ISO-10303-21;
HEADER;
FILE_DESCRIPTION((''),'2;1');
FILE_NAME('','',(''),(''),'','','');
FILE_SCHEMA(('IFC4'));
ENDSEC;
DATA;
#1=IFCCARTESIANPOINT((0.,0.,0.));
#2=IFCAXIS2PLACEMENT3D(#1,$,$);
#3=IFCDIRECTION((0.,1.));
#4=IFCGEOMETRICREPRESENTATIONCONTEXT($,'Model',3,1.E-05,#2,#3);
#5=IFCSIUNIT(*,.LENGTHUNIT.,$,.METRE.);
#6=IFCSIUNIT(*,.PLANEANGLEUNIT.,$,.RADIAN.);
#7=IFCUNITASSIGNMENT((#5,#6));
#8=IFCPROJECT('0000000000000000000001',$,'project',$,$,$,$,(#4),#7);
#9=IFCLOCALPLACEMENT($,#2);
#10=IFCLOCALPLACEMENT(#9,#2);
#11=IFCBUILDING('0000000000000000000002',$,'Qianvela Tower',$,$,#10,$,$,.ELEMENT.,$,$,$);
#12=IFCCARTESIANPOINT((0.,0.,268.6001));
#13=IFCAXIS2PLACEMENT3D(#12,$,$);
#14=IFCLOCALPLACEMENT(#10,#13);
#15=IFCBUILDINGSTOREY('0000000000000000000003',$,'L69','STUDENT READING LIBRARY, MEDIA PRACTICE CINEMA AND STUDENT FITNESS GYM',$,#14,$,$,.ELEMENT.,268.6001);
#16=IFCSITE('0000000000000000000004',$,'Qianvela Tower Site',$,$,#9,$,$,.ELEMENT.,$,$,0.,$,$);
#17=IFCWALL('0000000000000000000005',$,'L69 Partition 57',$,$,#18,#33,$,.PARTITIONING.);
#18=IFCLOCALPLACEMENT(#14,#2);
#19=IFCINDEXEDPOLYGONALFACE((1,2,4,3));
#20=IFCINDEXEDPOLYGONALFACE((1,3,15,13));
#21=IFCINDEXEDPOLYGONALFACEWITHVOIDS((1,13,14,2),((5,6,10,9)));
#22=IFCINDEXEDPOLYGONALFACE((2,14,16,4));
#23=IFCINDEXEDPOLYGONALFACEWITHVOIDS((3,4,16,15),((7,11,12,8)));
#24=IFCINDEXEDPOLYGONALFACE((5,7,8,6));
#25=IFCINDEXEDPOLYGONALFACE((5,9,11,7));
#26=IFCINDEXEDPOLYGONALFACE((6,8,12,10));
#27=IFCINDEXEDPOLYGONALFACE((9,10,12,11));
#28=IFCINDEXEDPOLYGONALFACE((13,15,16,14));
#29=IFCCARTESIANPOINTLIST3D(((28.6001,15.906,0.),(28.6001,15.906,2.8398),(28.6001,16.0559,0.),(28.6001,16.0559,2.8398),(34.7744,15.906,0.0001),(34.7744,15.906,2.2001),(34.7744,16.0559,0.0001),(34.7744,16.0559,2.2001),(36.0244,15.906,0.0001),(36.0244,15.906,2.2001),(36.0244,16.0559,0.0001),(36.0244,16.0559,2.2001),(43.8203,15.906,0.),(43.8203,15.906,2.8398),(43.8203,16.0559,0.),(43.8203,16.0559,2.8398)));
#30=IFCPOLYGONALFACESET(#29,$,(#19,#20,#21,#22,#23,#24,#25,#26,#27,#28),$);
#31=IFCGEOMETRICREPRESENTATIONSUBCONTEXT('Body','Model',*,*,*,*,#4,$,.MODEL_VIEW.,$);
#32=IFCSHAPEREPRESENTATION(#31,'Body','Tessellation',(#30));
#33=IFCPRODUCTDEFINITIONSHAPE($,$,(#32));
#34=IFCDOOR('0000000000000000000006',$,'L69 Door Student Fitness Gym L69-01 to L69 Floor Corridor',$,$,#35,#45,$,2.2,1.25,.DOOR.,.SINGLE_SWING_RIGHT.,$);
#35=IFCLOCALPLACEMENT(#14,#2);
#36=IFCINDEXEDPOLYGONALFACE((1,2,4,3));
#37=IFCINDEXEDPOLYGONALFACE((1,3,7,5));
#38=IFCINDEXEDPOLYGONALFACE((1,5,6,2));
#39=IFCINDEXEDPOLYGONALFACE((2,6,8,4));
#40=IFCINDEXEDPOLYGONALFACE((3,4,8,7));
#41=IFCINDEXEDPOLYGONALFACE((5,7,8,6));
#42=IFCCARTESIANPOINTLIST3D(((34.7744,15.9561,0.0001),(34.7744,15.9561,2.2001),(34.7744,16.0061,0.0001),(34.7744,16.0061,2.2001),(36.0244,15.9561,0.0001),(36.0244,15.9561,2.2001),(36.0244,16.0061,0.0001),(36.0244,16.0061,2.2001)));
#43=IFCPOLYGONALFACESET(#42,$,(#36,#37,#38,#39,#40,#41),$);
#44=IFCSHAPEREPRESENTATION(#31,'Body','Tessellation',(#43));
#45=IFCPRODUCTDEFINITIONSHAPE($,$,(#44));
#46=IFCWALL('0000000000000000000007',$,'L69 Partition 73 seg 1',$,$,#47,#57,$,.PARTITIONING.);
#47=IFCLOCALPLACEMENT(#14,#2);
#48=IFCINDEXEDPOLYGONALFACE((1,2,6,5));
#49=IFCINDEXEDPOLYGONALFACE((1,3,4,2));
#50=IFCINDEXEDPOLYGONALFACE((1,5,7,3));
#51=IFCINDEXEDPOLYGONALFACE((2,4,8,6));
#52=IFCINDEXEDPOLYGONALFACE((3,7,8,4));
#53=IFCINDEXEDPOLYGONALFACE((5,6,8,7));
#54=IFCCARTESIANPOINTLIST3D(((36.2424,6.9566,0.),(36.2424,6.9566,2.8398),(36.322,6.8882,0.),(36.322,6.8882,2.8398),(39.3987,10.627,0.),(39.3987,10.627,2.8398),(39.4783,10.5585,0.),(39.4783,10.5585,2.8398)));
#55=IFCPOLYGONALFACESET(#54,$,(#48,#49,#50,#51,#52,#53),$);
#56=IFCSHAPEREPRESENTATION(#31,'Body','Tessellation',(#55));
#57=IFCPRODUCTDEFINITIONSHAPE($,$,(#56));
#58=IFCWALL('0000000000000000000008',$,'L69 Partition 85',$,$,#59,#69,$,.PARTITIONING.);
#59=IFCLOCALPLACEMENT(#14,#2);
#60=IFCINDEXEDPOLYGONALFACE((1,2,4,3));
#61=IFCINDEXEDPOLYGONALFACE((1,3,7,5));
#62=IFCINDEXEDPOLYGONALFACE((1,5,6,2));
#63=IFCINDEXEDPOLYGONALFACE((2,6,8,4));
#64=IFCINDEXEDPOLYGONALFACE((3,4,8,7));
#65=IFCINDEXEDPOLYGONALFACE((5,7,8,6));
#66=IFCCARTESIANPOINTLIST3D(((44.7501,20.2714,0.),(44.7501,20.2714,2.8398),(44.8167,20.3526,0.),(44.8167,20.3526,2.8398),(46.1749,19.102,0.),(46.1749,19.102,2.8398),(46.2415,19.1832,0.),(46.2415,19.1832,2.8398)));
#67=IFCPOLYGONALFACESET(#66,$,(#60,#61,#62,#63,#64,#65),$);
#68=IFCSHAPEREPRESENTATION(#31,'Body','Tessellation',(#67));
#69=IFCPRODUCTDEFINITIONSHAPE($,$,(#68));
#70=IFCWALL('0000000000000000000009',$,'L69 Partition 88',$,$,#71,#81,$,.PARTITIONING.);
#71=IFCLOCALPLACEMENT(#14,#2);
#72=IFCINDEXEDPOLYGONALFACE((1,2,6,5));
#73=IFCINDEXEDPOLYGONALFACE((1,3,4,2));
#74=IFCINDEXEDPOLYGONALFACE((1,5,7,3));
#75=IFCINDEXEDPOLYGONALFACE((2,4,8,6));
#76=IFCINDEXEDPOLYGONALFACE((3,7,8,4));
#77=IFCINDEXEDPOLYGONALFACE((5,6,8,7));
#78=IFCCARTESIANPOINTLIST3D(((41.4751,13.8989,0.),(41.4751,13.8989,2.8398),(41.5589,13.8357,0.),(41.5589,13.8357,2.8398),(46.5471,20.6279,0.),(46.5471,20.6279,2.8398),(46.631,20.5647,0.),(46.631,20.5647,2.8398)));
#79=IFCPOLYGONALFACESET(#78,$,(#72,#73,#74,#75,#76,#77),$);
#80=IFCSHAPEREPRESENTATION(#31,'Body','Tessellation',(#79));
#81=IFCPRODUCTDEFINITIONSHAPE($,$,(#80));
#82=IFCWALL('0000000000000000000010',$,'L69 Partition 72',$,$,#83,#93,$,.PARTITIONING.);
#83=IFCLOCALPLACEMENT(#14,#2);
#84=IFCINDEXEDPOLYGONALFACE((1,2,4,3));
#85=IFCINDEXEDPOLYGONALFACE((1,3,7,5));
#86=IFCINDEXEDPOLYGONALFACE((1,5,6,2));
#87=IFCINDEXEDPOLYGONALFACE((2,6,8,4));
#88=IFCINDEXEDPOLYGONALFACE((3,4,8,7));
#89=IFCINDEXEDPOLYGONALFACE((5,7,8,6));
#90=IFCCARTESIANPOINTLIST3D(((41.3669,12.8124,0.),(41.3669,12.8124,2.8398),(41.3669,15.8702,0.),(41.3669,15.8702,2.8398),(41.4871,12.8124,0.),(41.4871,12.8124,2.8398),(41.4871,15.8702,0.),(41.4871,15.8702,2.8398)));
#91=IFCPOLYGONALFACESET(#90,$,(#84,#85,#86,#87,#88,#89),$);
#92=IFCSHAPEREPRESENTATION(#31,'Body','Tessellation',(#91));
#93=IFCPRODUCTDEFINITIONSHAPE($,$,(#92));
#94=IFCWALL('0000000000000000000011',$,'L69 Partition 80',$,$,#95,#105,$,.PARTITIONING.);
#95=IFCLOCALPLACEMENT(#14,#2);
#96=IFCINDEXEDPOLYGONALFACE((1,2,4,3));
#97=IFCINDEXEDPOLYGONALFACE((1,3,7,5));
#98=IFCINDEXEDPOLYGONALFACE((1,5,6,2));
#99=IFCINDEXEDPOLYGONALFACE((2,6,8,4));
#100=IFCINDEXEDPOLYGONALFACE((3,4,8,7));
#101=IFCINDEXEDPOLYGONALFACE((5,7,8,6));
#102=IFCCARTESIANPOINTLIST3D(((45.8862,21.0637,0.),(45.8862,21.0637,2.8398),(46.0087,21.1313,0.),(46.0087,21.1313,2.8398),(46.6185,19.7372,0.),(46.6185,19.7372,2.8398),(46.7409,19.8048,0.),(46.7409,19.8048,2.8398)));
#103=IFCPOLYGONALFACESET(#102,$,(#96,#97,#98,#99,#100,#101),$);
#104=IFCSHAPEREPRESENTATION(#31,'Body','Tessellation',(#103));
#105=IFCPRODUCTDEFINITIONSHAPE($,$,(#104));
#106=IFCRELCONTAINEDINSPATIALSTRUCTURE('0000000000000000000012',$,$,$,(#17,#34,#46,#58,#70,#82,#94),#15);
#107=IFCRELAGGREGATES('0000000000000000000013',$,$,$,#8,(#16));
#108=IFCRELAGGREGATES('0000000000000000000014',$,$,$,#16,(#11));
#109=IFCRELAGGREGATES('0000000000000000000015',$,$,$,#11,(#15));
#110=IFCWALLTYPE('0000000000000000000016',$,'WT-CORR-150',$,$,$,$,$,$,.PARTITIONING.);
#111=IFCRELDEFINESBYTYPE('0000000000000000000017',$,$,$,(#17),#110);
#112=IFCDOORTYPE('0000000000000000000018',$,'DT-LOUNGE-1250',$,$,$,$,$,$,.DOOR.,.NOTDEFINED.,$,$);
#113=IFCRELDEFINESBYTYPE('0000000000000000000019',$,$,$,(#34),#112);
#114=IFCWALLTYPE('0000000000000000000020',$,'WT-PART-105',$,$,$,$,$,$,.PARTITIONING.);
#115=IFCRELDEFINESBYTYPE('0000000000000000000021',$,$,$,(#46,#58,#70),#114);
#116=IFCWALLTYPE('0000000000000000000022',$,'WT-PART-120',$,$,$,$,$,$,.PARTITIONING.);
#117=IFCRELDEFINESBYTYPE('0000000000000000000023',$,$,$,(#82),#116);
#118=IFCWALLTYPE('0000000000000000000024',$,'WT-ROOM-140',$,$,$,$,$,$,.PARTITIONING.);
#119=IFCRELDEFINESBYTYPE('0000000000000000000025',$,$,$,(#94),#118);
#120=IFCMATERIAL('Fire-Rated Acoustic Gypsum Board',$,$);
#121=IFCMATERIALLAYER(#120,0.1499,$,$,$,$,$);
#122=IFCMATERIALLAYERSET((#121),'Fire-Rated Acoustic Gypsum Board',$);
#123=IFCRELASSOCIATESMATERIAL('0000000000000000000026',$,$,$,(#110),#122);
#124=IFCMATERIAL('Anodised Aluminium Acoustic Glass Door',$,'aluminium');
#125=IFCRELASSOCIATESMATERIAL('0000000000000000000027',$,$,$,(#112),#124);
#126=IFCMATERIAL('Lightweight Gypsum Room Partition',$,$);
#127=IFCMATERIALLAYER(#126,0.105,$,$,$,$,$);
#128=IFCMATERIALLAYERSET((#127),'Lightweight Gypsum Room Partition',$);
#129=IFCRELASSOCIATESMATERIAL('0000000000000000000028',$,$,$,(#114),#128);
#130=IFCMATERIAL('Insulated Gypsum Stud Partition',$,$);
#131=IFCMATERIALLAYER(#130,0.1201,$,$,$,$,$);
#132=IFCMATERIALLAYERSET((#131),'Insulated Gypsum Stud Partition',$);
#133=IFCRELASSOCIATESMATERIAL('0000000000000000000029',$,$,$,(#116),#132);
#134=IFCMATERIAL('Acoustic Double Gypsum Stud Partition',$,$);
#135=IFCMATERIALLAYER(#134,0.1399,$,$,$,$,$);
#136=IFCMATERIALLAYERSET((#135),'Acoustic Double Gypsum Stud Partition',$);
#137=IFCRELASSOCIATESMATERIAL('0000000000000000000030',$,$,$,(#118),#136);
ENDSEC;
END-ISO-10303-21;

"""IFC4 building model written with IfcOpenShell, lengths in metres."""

from ifc_helpers import new_model, si_unit, direction, frame, frame_2d, origin, place, context, subcontext, project, spatial, rectangle, extrude, material, layer, layer_set, type_object, element, fill, save


model = new_model("IFC4")

# Units and contexts
model_context = context("Model", 3, precision=1e-05, world=origin(), true_north=direction((0.0, 1.0)))
body_context = subcontext(model_context, "Body", "Model", "MODEL_VIEW")
ifc_project = project(units=[si_unit("LENGTHUNIT", "METRE"), si_unit("PLANEANGLEUNIT", "RADIAN")], contexts=[model_context])

# Site, building, storey
site_placement = place(None, origin())
site = spatial("IfcSite", under=ifc_project, at=site_placement, Name="Qianvela Tower Site", CompositionType="ELEMENT", RefElevation=0.0)
building_placement = place(site_placement, origin())
building = spatial("IfcBuilding", under=site, at=building_placement, Name="Qianvela Tower", CompositionType="ELEMENT")
storey_placement = place(building_placement, frame((0.0, 0.0, 268.6001)))
storey = spatial("IfcBuildingStorey", under=building, at=storey_placement, Name="L69", Description="STUDENT READING LIBRARY, MEDIA PRACTICE CINEMA AND STUDENT FITNESS GYM", CompositionType="ELEMENT", Elevation=268.6001)

# Shared definitions
ifc_material_1 = material(Name="Fire-Rated Acoustic Gypsum Board")
ifc_layer_1 = layer(ifc_material_1, 0.1499)
ifc_layer_set_1 = layer_set([ifc_layer_1], Name="Fire-Rated Acoustic Gypsum Board")
wall_type_1 = type_object("IfcWallType", Name="WT-CORR-150", PredefinedType="PARTITIONING", material=ifc_layer_set_1)

# Wall, opening, door
wall_1_placement = place(storey_placement, frame((43.8203, 15.981, 0.0), z_axis=(0.0, 0.0, 1.0), x_axis=(-1.0, 0.0, 0.0)))
wall_1 = element("IfcWall", 1, at=wall_1_placement, inside=storey, type_object=wall_type_1, Name="L69 Partition 57", PredefinedType="PARTITIONING", context=body_context, shape_type="SweptSolid", body=[
    extrude(rectangle(XDim=15.2202, YDim=0.1499, at=frame_2d((7.6101, 0.0))), origin(), (0.0, 0.0, 1.0), 2.8398),
])
opening_1_placement = place(wall_1_placement, frame((7.7959, 0.0, 0.0)))
opening_1 = element("IfcOpeningElement", 2, at=opening_1_placement, cuts=wall_1, PredefinedType="OPENING", context=body_context, shape_type="SweptSolid", body=[
    extrude(rectangle(XDim=1.25, YDim=2.2, at=frame_2d((0.625, 1.1001))), frame((0.0, 0.085, 0.0), z_axis=(0.0, -1.0, 0.0), x_axis=(1.0, 0.0, 0.0)), (0.0, 0.0, 1.0), 0.1699),
])
ifc_material_2 = material(Name="Anodised Aluminium Acoustic Glass Door", Category="aluminium")
door_type_1 = type_object("IfcDoorType", Name="DT-LOUNGE-1250", OperationType="NOTDEFINED", PredefinedType="DOOR", material=ifc_material_2)
door_1_placement = place(opening_1_placement, origin())
door_1 = element("IfcDoor", 3, at=door_1_placement, inside=storey, type_object=door_type_1, Name="L69 Door Student Fitness Gym L69-01 to L69 Floor Corridor", OperationType="SINGLE_SWING_RIGHT", OverallHeight=2.2, OverallWidth=1.25, PredefinedType="DOOR", context=body_context, shape_type="SweptSolid", body=[
    extrude(rectangle(XDim=1.25, YDim=2.2, at=frame_2d((0.625, 1.1001))), frame((0.0, 0.0249, 0.0), z_axis=(0.0, -1.0, 0.0), x_axis=(1.0, 0.0, 0.0)), (0.0, 0.0, 1.0), 0.05),
])
fill(opening_1, door_1)

# Walls
ifc_material_3 = material(Name="Lightweight Gypsum Room Partition")
ifc_layer_2 = layer(ifc_material_3, 0.105)
ifc_layer_set_2 = layer_set([ifc_layer_2], Name="Lightweight Gypsum Room Partition")
wall_type_2 = type_object("IfcWallType", Name="WT-PART-105", PredefinedType="PARTITIONING", material=ifc_layer_set_2)
wall_2_placement = place(storey_placement, frame((39.4385, 10.5928, 0.0), z_axis=(0.0, 0.0, 1.0), x_axis=(-0.652003, -0.758216, 0.0)))
element("IfcWall", 4, at=wall_2_placement, inside=storey, type_object=wall_type_2, Name="L69 Partition 73 seg 1", PredefinedType="PARTITIONING", context=body_context, shape_type="SweptSolid", body=[
    extrude(rectangle(XDim=4.8408, YDim=0.105, at=frame_2d((2.4204, 0.0))), origin(), (0.0, 0.0, 1.0), 2.8398),
])
wall_3_placement = place(storey_placement, frame((44.7834, 20.312, 0.0), z_axis=(0.0, 0.0, 1.0), x_axis=(0.772977, -0.634434, 0.0)))
element("IfcWall", 5, at=wall_3_placement, inside=storey, type_object=wall_type_2, Name="L69 Partition 85", PredefinedType="PARTITIONING", context=body_context, shape_type="SweptSolid", body=[
    extrude(rectangle(XDim=1.8433, YDim=0.105, at=frame_2d((0.9216, 0.0))), origin(), (0.0, 0.0, 1.0), 2.8398),
])
wall_4_placement = place(storey_placement, frame((46.5891, 20.5964, 0.0), z_axis=(0.0, 0.0, 1.0), x_axis=(-0.601917, -0.798558, 0.0)))
element("IfcWall", 6, at=wall_4_placement, inside=storey, type_object=wall_type_2, Name="L69 Partition 88", PredefinedType="PARTITIONING", context=body_context, shape_type="SweptSolid", body=[
    extrude(rectangle(XDim=8.4265, YDim=0.105, at=frame_2d((4.2134, 0.0))), origin(), (0.0, 0.0, 1.0), 2.8398),
])
ifc_material_4 = material(Name="Insulated Gypsum Stud Partition")
ifc_layer_3 = layer(ifc_material_4, 0.1201)
ifc_layer_set_3 = layer_set([ifc_layer_3], Name="Insulated Gypsum Stud Partition")
wall_type_3 = type_object("IfcWallType", Name="WT-PART-120", PredefinedType="PARTITIONING", material=ifc_layer_set_3)
wall_5_placement = place(storey_placement, frame((41.427, 15.8701, 0.0), z_axis=(0.0, 0.0, 1.0), x_axis=(0.0, -1.0, 0.0)))
element("IfcWall", 7, at=wall_5_placement, inside=storey, type_object=wall_type_3, Name="L69 Partition 72", PredefinedType="PARTITIONING", context=body_context, shape_type="SweptSolid", body=[
    extrude(rectangle(XDim=3.0579, YDim=0.1201, at=frame_2d((1.5288, 0.0))), origin(), (0.0, 0.0, 1.0), 2.8398),
])
ifc_material_5 = material(Name="Acoustic Double Gypsum Stud Partition")
ifc_layer_4 = layer(ifc_material_5, 0.1399)
ifc_layer_set_4 = layer_set([ifc_layer_4], Name="Acoustic Double Gypsum Stud Partition")
wall_type_4 = type_object("IfcWallType", Name="WT-ROOM-140", PredefinedType="PARTITIONING", material=ifc_layer_set_4)
wall_6_placement = place(storey_placement, frame((46.6797, 19.771, 0.0), z_axis=(0.0, 0.0, 1.0), x_axis=(-0.483261, 0.875477, 0.0)))
element("IfcWall", 8, at=wall_6_placement, inside=storey, type_object=wall_type_4, Name="L69 Partition 80", PredefinedType="PARTITIONING", context=body_context, shape_type="SweptSolid", body=[
    extrude(rectangle(XDim=1.5151, YDim=0.1399, at=frame_2d((0.7576, 0.0))), origin(), (0.0, 0.0, 1.0), 2.8398),
])

save(model, "model.ifc")
